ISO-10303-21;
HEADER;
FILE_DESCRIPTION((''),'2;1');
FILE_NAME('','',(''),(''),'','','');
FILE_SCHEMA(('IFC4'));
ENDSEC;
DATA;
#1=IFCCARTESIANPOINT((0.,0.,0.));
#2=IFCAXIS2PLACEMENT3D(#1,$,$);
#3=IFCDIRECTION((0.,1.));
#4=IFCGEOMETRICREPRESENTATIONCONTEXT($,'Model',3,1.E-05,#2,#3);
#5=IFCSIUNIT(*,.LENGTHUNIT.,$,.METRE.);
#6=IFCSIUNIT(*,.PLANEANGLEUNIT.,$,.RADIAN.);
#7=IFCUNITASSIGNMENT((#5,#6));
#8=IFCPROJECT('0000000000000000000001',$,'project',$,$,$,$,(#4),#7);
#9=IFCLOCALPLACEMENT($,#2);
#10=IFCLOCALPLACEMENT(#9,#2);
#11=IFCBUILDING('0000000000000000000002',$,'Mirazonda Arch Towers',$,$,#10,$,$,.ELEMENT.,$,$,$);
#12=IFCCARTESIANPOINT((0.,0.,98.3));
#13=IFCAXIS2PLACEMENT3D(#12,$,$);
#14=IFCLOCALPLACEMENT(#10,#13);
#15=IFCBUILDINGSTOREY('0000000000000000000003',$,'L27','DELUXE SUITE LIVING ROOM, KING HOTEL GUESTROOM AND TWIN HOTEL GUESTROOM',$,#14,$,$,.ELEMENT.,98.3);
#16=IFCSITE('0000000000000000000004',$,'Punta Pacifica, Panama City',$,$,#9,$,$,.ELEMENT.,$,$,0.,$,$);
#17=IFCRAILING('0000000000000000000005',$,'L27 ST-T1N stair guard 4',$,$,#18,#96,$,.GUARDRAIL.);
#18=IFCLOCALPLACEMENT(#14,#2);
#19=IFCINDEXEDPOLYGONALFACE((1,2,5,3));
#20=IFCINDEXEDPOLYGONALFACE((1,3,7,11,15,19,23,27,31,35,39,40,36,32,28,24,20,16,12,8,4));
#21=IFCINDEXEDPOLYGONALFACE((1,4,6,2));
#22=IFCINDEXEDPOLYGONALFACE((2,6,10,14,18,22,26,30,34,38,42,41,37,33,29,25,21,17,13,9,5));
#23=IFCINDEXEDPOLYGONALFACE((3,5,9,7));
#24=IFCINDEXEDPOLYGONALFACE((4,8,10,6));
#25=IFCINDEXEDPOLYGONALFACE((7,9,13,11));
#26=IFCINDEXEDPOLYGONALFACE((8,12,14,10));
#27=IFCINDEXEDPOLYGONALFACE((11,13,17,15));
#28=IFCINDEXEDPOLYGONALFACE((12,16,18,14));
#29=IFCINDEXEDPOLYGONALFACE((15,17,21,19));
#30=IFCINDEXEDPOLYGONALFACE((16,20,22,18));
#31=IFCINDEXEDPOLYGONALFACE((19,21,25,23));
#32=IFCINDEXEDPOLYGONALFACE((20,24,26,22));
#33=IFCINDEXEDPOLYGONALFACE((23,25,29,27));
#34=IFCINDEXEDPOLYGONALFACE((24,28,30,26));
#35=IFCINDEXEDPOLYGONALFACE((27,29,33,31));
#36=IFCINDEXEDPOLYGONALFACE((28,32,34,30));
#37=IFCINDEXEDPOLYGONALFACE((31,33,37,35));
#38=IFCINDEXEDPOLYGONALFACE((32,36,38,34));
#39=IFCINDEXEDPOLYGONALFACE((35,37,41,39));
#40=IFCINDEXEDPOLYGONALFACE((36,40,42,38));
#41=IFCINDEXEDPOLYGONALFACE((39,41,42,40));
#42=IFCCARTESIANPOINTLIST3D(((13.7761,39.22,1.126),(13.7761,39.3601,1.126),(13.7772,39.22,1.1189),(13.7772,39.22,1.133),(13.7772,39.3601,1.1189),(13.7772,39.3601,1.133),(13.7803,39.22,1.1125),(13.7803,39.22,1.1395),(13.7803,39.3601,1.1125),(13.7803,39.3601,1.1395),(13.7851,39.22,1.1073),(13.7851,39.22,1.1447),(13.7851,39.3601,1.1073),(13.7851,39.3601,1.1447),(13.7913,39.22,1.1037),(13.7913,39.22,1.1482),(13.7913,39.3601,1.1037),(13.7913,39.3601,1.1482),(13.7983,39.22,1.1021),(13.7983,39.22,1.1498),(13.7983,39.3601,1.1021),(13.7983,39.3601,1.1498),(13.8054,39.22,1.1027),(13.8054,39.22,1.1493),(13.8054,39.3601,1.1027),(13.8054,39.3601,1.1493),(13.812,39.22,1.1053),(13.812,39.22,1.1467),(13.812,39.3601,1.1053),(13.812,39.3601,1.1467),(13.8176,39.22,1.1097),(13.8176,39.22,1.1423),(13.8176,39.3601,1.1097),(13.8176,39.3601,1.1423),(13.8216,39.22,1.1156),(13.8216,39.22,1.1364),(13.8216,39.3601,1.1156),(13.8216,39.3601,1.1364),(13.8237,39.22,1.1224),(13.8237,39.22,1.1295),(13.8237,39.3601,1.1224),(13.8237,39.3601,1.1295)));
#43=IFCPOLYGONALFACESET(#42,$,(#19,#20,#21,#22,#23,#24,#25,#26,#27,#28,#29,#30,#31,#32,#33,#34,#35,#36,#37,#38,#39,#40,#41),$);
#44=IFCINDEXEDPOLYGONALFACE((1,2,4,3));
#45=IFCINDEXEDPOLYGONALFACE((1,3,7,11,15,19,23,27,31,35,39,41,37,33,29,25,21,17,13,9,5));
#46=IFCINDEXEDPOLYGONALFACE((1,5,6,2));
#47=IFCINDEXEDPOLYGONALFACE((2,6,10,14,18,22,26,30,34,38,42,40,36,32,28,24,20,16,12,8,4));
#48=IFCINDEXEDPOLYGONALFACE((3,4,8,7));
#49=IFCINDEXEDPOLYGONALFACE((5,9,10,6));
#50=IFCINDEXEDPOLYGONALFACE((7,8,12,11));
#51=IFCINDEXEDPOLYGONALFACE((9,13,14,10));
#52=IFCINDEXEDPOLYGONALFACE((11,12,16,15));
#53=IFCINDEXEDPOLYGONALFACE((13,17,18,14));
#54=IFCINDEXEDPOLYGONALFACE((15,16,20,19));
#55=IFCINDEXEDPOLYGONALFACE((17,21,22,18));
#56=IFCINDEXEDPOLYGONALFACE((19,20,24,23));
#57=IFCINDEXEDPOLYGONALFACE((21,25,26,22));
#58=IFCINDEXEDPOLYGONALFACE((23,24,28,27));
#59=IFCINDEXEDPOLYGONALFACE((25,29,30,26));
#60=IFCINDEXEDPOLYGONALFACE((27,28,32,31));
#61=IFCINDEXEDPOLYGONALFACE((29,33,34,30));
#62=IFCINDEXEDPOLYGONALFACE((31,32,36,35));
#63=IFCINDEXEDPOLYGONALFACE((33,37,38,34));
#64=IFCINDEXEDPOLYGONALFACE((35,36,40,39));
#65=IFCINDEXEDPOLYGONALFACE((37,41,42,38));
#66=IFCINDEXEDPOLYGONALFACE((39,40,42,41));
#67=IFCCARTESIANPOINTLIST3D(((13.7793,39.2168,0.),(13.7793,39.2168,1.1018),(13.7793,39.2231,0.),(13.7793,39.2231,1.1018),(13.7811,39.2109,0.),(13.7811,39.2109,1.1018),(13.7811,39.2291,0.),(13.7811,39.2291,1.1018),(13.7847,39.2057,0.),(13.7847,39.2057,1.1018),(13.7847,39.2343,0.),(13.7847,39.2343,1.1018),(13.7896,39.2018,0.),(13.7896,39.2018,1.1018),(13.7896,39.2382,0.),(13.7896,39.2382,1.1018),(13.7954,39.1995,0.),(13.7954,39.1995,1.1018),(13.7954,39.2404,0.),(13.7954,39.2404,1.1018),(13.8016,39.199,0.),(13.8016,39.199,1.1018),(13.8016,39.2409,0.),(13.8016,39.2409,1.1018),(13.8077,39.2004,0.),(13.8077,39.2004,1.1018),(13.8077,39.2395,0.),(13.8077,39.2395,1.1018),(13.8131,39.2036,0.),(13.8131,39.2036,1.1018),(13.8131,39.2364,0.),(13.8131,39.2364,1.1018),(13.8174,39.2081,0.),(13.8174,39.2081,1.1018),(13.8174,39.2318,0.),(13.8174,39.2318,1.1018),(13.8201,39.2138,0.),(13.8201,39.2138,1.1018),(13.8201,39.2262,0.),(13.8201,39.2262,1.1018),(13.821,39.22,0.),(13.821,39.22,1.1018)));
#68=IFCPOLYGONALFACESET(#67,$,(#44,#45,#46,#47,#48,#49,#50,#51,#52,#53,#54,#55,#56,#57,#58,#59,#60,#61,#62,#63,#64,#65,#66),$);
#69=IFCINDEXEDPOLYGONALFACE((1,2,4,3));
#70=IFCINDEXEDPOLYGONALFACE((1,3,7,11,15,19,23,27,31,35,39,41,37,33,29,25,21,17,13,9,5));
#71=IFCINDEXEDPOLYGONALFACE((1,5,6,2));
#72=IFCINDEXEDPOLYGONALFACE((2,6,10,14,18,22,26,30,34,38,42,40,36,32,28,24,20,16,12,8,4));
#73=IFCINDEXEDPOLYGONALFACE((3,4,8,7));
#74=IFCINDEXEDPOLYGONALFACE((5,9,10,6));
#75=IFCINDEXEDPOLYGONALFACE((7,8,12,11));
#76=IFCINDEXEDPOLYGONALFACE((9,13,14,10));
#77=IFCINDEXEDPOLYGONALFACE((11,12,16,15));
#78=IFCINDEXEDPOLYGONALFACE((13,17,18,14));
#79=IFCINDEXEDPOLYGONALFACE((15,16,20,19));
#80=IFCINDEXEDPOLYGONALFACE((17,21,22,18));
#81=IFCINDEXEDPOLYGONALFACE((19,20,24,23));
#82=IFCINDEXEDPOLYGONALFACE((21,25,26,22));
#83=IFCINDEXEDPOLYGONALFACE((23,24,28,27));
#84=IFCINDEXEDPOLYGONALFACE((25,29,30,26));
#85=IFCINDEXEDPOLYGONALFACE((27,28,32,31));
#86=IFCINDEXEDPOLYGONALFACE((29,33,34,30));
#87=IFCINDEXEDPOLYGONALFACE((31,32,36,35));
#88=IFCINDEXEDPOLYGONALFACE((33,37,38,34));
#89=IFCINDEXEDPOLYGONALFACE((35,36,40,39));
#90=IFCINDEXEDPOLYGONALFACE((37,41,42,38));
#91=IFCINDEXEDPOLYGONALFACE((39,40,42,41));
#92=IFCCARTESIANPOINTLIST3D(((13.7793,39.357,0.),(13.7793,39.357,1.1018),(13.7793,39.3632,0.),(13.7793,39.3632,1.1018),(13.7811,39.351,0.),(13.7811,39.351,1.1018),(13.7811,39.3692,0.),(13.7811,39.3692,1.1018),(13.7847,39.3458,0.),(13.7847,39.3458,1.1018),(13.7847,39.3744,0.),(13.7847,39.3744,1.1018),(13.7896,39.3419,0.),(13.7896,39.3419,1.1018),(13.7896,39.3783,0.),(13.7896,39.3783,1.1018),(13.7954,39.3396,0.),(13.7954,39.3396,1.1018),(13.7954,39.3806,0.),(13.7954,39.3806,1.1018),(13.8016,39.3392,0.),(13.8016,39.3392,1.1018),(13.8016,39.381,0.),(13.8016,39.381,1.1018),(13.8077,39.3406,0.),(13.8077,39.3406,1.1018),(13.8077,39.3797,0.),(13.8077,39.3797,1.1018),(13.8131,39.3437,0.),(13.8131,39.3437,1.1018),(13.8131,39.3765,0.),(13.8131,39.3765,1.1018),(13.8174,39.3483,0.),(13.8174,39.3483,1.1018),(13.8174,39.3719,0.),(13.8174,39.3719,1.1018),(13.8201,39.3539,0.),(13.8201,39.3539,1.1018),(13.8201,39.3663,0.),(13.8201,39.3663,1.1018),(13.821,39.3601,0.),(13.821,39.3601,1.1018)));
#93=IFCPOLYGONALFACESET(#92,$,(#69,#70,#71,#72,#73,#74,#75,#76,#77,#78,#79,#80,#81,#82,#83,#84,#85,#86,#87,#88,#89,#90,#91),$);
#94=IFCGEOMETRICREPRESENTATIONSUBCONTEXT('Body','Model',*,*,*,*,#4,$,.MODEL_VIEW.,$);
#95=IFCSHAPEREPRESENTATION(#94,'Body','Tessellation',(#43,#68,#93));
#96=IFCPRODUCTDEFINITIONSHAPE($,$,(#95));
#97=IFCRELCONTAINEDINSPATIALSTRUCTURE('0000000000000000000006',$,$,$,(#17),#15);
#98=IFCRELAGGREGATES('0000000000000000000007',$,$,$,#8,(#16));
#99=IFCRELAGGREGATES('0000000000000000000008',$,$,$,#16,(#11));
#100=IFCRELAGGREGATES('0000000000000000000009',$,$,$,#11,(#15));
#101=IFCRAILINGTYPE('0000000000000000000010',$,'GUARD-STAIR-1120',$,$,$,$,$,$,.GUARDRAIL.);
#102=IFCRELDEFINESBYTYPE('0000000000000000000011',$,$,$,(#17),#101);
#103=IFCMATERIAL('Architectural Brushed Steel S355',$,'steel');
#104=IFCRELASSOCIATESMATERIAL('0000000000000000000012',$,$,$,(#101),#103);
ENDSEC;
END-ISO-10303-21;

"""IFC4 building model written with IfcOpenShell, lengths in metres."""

from ifc_helpers import new_model, si_unit, direction, frame, origin, origin_2d, place, context, subcontext, project, spatial, circle, extrude, material, type_object, element, save


model = new_model("IFC4")

# Units and contexts
model_context = context("Model", 3, precision=1e-05, world=origin(), true_north=direction((0.0, 1.0)))
body_context = subcontext(model_context, "Body", "Model", "MODEL_VIEW")
ifc_project = project(units=[si_unit("LENGTHUNIT", "METRE"), si_unit("PLANEANGLEUNIT", "RADIAN")], contexts=[model_context])

# Site, building, storey
site_placement = place(None, origin())
site = spatial("IfcSite", under=ifc_project, at=site_placement, Name="Punta Pacifica, Panama City", CompositionType="ELEMENT", RefElevation=0.0)
building_placement = place(site_placement, origin())
building = spatial("IfcBuilding", under=site, at=building_placement, Name="Mirazonda Arch Towers", CompositionType="ELEMENT")
storey_placement = place(building_placement, frame((0.0, 0.0, 98.3)))
storey = spatial("IfcBuildingStorey", under=building, at=storey_placement, Name="L27", Description="DELUXE SUITE LIVING ROOM, KING HOTEL GUESTROOM AND TWIN HOTEL GUESTROOM", CompositionType="ELEMENT", Elevation=98.3)

# Shared definitions
ifc_material_1 = material(Name="Architectural Brushed Steel S355", Category="steel")

# Railing
railing_type_1 = type_object("IfcRailingType", Name="GUARD-STAIR-1120", PredefinedType="GUARDRAIL", material=ifc_material_1)
railing_1_placement = place(storey_placement, frame((13.8, 39.22, 0.0)))
element("IfcRailing", 1, at=railing_1_placement, inside=storey, type_object=railing_type_1, Name="L27 ST-T1N stair guard 4", PredefinedType="GUARDRAIL", context=body_context, shape_type="SweptSolid", body=[
    extrude(circle(Radius=0.0239, at=origin_2d()), frame((0.0, 0.0, 1.126), z_axis=(0.0, 1.0, 0.0), x_axis=(-1.0, 0.0, 0.0)), (0.0, 0.0, 1.0), 0.1401),
    extrude(circle(Radius=0.021, at=origin_2d()), origin(), (0.0, 0.0, 1.0), 1.1018),
    extrude(circle(Radius=0.021, at=origin_2d()), frame((0.0, 0.1401, 0.0)), (0.0, 0.0, 1.0), 1.1018),
])

save(model, "model.ifc")
